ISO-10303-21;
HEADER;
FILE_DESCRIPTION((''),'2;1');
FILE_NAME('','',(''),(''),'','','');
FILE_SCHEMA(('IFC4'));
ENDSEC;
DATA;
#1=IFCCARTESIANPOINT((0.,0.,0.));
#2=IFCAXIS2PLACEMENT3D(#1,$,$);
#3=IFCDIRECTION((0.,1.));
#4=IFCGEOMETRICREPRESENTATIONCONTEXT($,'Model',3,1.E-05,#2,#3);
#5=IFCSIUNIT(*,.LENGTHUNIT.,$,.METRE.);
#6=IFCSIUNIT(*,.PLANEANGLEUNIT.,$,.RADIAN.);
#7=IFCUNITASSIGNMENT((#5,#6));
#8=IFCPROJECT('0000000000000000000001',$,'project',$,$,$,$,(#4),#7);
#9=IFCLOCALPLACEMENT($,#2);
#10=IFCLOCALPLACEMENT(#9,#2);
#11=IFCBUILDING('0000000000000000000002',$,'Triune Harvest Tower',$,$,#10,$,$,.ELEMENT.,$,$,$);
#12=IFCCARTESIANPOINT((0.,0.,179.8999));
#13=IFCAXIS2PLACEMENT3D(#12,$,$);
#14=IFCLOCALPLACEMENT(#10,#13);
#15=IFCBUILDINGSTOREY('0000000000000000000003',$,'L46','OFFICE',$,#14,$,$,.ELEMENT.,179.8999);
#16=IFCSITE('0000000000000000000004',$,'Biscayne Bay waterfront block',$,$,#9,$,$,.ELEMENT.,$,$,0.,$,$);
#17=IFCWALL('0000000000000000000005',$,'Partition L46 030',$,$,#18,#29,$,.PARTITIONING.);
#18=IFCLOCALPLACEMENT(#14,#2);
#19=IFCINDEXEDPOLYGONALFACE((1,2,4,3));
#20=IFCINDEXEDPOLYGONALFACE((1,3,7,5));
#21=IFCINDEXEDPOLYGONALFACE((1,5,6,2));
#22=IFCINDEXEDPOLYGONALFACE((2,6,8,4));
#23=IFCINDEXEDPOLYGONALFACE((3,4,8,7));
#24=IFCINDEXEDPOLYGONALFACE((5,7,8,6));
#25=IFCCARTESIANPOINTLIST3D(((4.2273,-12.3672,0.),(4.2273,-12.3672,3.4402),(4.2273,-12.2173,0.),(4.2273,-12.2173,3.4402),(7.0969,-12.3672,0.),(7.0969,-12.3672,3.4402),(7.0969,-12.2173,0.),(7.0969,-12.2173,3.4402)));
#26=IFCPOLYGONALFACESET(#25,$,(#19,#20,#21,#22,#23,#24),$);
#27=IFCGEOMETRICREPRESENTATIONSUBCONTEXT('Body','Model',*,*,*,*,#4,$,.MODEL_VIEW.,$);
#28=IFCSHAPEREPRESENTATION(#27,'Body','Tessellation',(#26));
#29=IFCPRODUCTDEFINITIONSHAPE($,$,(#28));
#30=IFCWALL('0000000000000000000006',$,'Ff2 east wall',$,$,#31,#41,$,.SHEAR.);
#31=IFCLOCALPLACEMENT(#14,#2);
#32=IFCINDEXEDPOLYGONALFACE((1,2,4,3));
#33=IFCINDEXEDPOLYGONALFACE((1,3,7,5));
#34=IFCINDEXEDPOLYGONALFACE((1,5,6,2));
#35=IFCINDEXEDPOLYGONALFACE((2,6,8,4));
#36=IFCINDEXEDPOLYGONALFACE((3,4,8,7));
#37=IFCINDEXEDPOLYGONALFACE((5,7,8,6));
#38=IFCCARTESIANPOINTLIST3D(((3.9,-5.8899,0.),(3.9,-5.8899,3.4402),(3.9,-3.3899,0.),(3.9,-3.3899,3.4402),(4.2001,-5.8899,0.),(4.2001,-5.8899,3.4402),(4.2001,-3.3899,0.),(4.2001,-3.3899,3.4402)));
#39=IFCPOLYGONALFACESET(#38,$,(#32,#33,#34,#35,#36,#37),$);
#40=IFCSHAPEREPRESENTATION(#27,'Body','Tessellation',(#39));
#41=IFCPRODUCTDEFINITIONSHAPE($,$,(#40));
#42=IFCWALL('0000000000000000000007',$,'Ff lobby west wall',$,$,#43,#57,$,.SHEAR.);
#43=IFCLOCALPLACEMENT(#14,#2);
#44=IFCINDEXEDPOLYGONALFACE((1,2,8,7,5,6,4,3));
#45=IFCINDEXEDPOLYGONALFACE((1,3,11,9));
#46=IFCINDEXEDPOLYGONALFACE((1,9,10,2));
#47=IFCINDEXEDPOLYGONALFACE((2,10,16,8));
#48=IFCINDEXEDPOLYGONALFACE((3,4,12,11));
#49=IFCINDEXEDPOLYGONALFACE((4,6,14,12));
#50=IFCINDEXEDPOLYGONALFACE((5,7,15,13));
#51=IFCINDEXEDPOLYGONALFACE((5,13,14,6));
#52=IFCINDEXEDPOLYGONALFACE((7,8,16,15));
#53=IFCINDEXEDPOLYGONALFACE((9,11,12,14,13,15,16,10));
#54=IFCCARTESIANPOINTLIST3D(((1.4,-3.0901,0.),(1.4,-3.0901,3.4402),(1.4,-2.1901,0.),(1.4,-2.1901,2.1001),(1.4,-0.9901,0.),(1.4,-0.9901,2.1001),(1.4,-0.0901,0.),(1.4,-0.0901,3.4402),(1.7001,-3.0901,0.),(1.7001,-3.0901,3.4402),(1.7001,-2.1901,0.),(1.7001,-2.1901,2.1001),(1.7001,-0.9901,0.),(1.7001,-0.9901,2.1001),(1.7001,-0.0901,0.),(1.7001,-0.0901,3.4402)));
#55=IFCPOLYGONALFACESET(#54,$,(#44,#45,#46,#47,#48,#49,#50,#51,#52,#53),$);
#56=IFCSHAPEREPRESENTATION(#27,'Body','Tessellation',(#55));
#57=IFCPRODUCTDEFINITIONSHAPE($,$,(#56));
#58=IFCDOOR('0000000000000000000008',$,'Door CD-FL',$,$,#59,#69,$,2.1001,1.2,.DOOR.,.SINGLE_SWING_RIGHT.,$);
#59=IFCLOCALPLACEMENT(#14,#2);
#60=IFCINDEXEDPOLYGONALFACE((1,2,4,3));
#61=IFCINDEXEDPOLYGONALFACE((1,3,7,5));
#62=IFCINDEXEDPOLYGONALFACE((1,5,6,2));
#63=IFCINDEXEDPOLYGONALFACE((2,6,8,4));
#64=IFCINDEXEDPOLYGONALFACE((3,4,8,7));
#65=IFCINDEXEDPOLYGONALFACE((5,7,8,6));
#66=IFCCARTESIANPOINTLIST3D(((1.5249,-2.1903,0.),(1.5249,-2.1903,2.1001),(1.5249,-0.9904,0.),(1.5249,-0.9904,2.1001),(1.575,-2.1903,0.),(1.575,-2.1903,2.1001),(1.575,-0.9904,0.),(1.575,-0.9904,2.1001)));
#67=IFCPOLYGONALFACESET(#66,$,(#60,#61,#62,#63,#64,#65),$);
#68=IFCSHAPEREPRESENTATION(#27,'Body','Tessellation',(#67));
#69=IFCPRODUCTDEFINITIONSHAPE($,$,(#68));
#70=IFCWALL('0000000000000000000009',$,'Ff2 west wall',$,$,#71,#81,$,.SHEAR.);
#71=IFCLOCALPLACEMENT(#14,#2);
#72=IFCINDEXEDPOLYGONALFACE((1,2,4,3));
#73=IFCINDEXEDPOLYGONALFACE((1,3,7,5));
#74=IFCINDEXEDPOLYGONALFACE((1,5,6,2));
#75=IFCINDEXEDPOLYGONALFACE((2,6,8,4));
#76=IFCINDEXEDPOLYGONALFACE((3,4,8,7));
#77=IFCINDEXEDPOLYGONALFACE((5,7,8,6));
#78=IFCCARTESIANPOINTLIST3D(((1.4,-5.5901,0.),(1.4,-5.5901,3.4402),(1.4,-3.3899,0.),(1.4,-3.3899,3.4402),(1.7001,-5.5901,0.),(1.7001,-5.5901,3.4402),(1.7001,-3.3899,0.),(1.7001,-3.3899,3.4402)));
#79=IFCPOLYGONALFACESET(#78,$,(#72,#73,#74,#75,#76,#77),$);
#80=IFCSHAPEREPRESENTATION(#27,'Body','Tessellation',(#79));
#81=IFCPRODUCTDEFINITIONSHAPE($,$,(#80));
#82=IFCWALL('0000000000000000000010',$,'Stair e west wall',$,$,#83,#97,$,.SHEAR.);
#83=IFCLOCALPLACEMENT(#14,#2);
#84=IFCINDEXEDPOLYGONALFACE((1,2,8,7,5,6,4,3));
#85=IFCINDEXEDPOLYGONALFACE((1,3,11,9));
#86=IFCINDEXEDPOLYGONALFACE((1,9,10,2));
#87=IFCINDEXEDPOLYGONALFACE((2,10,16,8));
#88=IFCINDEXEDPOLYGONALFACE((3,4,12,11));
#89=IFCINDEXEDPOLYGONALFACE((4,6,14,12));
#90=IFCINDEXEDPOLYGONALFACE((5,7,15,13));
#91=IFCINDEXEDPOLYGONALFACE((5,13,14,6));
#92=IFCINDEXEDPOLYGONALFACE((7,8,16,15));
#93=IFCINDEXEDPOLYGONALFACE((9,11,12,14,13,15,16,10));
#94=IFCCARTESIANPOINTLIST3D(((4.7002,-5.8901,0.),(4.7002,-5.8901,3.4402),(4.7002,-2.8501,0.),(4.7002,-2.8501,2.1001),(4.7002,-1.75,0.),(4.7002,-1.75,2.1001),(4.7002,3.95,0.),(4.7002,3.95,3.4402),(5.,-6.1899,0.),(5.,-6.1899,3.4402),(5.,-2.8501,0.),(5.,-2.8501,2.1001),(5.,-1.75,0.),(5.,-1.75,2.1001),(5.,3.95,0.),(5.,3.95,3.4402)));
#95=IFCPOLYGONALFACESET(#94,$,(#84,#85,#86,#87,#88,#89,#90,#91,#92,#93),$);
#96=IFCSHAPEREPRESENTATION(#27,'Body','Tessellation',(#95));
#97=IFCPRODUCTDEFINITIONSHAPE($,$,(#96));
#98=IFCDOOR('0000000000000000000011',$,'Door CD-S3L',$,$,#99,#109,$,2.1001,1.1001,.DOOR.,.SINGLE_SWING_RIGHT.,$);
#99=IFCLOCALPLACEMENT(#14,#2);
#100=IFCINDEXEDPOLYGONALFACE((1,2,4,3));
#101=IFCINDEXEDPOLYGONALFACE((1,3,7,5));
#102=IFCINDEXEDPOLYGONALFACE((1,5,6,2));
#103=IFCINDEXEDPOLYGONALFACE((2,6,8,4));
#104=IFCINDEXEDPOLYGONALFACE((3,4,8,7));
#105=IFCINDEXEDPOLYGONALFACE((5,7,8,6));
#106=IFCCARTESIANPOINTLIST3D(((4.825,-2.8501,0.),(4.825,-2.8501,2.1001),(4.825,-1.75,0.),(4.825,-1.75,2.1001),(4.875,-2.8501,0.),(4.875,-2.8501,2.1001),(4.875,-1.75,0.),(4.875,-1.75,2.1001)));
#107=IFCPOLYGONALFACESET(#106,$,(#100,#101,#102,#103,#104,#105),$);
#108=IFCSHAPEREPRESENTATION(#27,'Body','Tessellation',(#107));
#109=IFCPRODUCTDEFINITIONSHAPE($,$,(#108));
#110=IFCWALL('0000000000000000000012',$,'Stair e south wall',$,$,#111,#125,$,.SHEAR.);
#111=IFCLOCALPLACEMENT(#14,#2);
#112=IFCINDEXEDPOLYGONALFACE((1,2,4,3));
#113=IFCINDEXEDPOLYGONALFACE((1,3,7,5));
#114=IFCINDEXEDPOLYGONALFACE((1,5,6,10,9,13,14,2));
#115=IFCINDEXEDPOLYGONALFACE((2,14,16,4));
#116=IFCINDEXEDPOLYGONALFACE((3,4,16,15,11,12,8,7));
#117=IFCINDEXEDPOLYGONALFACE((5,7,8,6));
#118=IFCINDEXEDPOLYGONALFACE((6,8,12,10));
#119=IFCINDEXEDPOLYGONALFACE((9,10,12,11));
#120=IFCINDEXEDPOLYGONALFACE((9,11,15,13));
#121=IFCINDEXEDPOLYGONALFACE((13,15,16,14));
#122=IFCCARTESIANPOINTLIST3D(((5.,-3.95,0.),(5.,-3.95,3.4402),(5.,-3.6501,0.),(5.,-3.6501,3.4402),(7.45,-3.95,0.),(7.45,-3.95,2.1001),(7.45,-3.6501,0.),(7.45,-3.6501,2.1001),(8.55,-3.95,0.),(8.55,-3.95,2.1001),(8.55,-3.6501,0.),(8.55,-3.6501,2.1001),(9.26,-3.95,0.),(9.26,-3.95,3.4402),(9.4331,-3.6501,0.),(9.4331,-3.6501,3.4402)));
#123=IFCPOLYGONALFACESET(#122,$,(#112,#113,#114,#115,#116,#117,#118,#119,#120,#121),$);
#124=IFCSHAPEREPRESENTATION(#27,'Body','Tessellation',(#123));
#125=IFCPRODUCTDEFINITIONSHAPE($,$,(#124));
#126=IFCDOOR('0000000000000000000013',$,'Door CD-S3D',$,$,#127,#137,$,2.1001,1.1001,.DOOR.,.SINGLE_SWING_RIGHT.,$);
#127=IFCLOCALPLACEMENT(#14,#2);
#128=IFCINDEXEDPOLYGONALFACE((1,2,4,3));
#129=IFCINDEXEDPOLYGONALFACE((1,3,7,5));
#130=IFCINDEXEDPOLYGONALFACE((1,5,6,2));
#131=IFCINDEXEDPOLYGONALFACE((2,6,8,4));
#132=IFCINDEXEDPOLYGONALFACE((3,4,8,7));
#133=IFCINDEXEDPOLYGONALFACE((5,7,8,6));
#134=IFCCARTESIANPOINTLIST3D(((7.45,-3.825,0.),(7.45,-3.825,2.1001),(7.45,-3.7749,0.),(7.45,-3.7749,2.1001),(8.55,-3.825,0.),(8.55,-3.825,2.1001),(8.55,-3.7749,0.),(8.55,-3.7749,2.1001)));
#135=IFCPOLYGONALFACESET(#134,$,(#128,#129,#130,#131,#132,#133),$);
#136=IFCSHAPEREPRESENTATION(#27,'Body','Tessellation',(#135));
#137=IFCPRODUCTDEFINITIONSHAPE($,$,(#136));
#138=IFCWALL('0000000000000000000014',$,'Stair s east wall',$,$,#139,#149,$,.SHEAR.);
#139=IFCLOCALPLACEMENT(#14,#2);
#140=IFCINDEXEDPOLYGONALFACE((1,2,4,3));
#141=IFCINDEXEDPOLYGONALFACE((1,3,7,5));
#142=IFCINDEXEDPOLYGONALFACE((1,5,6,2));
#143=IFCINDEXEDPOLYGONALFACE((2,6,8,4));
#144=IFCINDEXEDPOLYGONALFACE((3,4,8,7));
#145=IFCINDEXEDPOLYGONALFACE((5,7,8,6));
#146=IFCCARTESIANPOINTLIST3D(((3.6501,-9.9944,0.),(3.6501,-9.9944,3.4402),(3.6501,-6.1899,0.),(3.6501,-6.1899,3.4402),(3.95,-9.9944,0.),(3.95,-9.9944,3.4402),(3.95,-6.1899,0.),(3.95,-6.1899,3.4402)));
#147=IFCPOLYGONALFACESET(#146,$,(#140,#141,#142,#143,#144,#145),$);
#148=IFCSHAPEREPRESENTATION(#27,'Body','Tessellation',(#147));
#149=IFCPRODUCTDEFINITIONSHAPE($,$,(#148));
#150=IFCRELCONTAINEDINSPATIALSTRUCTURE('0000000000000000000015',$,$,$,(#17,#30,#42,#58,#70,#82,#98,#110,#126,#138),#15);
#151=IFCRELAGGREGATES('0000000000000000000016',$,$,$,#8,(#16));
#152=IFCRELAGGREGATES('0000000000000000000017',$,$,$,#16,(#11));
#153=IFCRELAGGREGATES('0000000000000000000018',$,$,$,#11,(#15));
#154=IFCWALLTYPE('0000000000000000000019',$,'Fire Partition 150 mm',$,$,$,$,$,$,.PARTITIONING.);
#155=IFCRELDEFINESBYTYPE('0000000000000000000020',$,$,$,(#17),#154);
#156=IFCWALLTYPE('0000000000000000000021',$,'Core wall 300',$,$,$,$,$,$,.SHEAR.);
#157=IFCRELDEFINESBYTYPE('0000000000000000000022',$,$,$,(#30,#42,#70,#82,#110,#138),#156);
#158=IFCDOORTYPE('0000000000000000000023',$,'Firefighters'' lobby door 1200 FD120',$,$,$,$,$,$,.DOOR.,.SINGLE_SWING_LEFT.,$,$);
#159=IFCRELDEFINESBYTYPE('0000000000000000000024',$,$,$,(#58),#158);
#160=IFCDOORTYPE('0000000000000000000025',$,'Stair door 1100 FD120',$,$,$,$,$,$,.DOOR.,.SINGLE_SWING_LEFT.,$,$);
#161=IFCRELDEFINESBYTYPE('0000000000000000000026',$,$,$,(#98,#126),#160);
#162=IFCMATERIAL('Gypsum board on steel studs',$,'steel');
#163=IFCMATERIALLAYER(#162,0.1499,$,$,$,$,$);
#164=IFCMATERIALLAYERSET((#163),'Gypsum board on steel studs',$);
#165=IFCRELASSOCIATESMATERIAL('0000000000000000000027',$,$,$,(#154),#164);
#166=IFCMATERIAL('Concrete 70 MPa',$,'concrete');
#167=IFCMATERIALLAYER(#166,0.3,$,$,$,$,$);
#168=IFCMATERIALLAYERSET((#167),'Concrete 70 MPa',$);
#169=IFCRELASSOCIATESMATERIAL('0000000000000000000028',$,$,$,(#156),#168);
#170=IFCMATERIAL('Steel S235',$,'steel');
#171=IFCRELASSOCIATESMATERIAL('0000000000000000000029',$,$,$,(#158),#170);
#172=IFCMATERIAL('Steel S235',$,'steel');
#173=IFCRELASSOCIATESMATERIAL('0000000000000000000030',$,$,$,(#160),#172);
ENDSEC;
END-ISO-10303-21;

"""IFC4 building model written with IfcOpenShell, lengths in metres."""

from ifc_helpers import new_model, si_unit, direction, frame, frame_2d, origin, place, context, subcontext, project, spatial, polyline, rectangle, outline, extrude, source, transform, mapped, material, layer, layer_set, type_object, element, fill, save


model = new_model("IFC4")

# Units and contexts
model_context = context("Model", 3, precision=1e-05, world=origin(), true_north=direction((0.0, 1.0)))
body_context = subcontext(model_context, "Body", "Model", "MODEL_VIEW")
ifc_project = project(units=[si_unit("LENGTHUNIT", "METRE"), si_unit("PLANEANGLEUNIT", "RADIAN")], contexts=[model_context])

# Site, building, storey
site_placement = place(None, origin())
site = spatial("IfcSite", under=ifc_project, at=site_placement, Name="Biscayne Bay waterfront block", CompositionType="ELEMENT", RefElevation=0.0)
building_placement = place(site_placement, origin())
building = spatial("IfcBuilding", under=site, at=building_placement, Name="Triune Harvest Tower", CompositionType="ELEMENT")
storey_placement = place(building_placement, frame((0.0, 0.0, 179.8999)))
storey = spatial("IfcBuildingStorey", under=building, at=storey_placement, Name="L46", Description="OFFICE", CompositionType="ELEMENT", Elevation=179.8999)

# Walls
ifc_material_1 = material(Name="Gypsum board on steel studs", Category="steel")
ifc_layer_1 = layer(ifc_material_1, 0.1499)
ifc_layer_set_1 = layer_set([ifc_layer_1], Name="Gypsum board on steel studs")
wall_type_1 = type_object("IfcWallType", Name="Fire Partition 150 mm", PredefinedType="PARTITIONING", material=ifc_layer_set_1)
wall_1_placement = place(storey_placement, frame((4.2273, -12.2922, 0.0), z_axis=(0.0, 0.0, 1.0), x_axis=(1.0, 0.0, 0.0)))
element("IfcWall", 1, at=wall_1_placement, inside=storey, type_object=wall_type_1, Name="Partition L46 030", PredefinedType="PARTITIONING", context=body_context, shape_type="SweptSolid", body=[
    extrude(rectangle(XDim=2.8696, YDim=0.1499, at=frame_2d((1.4348, 0.0))), origin(), (0.0, 0.0, 1.0), 3.4402),
])
ifc_material_2 = material(Name="Concrete 70 MPa", Category="concrete")
ifc_layer_2 = layer(ifc_material_2, 0.3)
ifc_layer_set_2 = layer_set([ifc_layer_2], Name="Concrete 70 MPa")
wall_type_2 = type_object("IfcWallType", Name="Core wall 300", PredefinedType="SHEAR", material=ifc_layer_set_2)
shared_shape_1 = source(origin(), body_context, "Body", "SweptSolid", [
    extrude(rectangle(XDim=2.5, YDim=0.3, at=frame_2d((1.25, 0.0))), origin(), (0.0, 0.0, 1.0), 3.4402),
])
wall_2_placement = place(storey_placement, frame((4.05, -5.8899, 0.0), z_axis=(0.0, 0.0, 1.0), x_axis=(0.0, 1.0, 0.0)))
element("IfcWall", 2, at=wall_2_placement, inside=storey, type_object=wall_type_2, Name="Ff2 east wall", PredefinedType="SHEAR", context=body_context, shape_type="MappedRepresentation", body=[
    mapped(shared_shape_1, transform((0.0, 0.0, 0.0), scale=1.0)),
])

# Wall, opening, door
shared_shape_2 = source(origin(), body_context, "Body", "SweptSolid", [
    extrude(rectangle(XDim=3.0, YDim=0.3, at=frame_2d((1.5, 0.0))), origin(), (0.0, 0.0, 1.0), 3.4402),
])
wall_3_placement = place(storey_placement, frame((1.55, -3.0901, 0.0), z_axis=(0.0, 0.0, 1.0), x_axis=(0.0, 1.0, 0.0)))
wall_3 = element("IfcWall", 3, at=wall_3_placement, inside=storey, type_object=wall_type_2, Name="Ff lobby west wall", PredefinedType="SHEAR", context=body_context, shape_type="MappedRepresentation", body=[
    mapped(shared_shape_2, transform((0.0, 0.0, 0.0), scale=1.0)),
])
opening_1_placement = place(wall_3_placement, frame((0.8999, 0.0, 0.0)))
opening_1 = element("IfcOpeningElement", 4, at=opening_1_placement, cuts=wall_3, PredefinedType="OPENING", context=body_context, shape_type="SweptSolid", body=[
    extrude(rectangle(XDim=1.2, YDim=2.1001, at=frame_2d((0.6001, 1.05))), frame((0.0, 0.1602, 0.0), z_axis=(0.0, -1.0, 0.0), x_axis=(1.0, 0.0, 0.0)), (0.0, 0.0, 1.0), 0.3201),
])
ifc_material_3 = material(Name="Steel S235", Category="steel")
door_type_1 = type_object("IfcDoorType", Name="Firefighters' lobby door 1200 FD120", OperationType="SINGLE_SWING_LEFT", PredefinedType="DOOR", material=ifc_material_3)
door_1_placement = place(opening_1_placement, frame((1.2, 0.0, 0.0), z_axis=(0.0, 0.0, 1.0), x_axis=(-1.0, 0.0, 0.0)))
door_1 = element("IfcDoor", 5, at=door_1_placement, inside=storey, type_object=door_type_1, Name="Door CD-FL", OperationType="SINGLE_SWING_RIGHT", OverallHeight=2.1001, OverallWidth=1.2, PredefinedType="DOOR", context=body_context, shape_type="SweptSolid", body=[
    extrude(rectangle(XDim=1.2, YDim=2.1001, at=frame_2d((0.6001, 1.05))), frame((0.0, 0.0249, 0.0), z_axis=(0.0, -1.0, 0.0), x_axis=(1.0, 0.0, 0.0)), (0.0, 0.0, 1.0), 0.05),
])
fill(opening_1, door_1)

# Wall
shared_shape_3 = source(origin(), body_context, "Body", "SweptSolid", [
    extrude(rectangle(XDim=2.2002, YDim=0.3, at=frame_2d((1.1001, 0.0))), origin(), (0.0, 0.0, 1.0), 3.4402),
])
wall_4_placement = place(storey_placement, frame((1.55, -5.5901, 0.0), z_axis=(0.0, 0.0, 1.0), x_axis=(0.0, 1.0, 0.0)))
element("IfcWall", 6, at=wall_4_placement, inside=storey, type_object=wall_type_2, Name="Ff2 west wall", PredefinedType="SHEAR", context=body_context, shape_type="MappedRepresentation", body=[
    mapped(shared_shape_3, transform((0.0, 0.0, 0.0), scale=1.0)),
])

# Walls, openings, doors
shared_shape_4 = source(origin(), body_context, "Body", "SweptSolid", [
    extrude(outline(polyline([(-0.1499, -0.1499), (9.99, -0.1499), (9.99, 0.1499), (0.1499, 0.1499), (-0.1499, -0.1499)])), origin(), (0.0, 0.0, 1.0), 3.4402),
])
wall_5_placement = place(storey_placement, frame((4.8501, -6.04, 0.0), z_axis=(0.0, 0.0, 1.0), x_axis=(0.0, 1.0, 0.0)))
wall_5 = element("IfcWall", 7, at=wall_5_placement, inside=storey, type_object=wall_type_2, Name="Stair e west wall", PredefinedType="SHEAR", context=body_context, shape_type="MappedRepresentation", body=[
    mapped(shared_shape_4, transform((0.0, 0.0, 0.0), scale=1.0)),
])
opening_2_placement = place(wall_5_placement, frame((3.1899, 0.0, 0.0)))
opening_2 = element("IfcOpeningElement", 8, at=opening_2_placement, cuts=wall_5, PredefinedType="OPENING", context=body_context, shape_type="SweptSolid", body=[
    extrude(rectangle(XDim=1.1001, YDim=2.1001, at=frame_2d((0.55, 1.05))), frame((0.0, 0.1602, 0.0), z_axis=(0.0, -1.0, 0.0), x_axis=(1.0, 0.0, 0.0)), (0.0, 0.0, 1.0), 0.3201),
])
ifc_material_4 = material(Name="Steel S235", Category="steel")
door_type_2 = type_object("IfcDoorType", Name="Stair door 1100 FD120", OperationType="SINGLE_SWING_LEFT", PredefinedType="DOOR", material=ifc_material_4)
door_2_placement = place(opening_2_placement, frame((1.1001, 0.0, 0.0), z_axis=(0.0, 0.0, 1.0), x_axis=(-1.0, 0.0, 0.0)))
door_2 = element("IfcDoor", 9, at=door_2_placement, inside=storey, type_object=door_type_2, Name="Door CD-S3L", OperationType="SINGLE_SWING_RIGHT", OverallHeight=2.1001, OverallWidth=1.1001, PredefinedType="DOOR", context=body_context, shape_type="SweptSolid", body=[
    extrude(rectangle(XDim=1.1001, YDim=2.1001, at=frame_2d((0.55, 1.05))), frame((0.0, 0.0249, 0.0), z_axis=(0.0, -1.0, 0.0), x_axis=(1.0, 0.0, 0.0)), (0.0, 0.0, 1.0), 0.05),
])
fill(opening_2, door_2)
shared_shape_5 = source(origin(), body_context, "Body", "SweptSolid", [
    extrude(outline(polyline([(0.0, -0.1499), (0.0, 0.1499), (4.4331, 0.1499), (4.26, -0.1499), (0.0, -0.1499)])), origin(), (0.0, 0.0, 1.0), 3.4402),
])
wall_6_placement = place(storey_placement, frame((5.0, -3.8, 0.0), z_axis=(0.0, 0.0, 1.0), x_axis=(1.0, 0.0, 0.0)))
wall_6 = element("IfcWall", 10, at=wall_6_placement, inside=storey, type_object=wall_type_2, Name="Stair e south wall", PredefinedType="SHEAR", context=body_context, shape_type="MappedRepresentation", body=[
    mapped(shared_shape_5, transform((0.0, 0.0, 0.0), scale=1.0)),
])
opening_3_placement = place(wall_6_placement, frame((2.45, 0.0, 0.0)))
opening_3 = element("IfcOpeningElement", 11, at=opening_3_placement, cuts=wall_6, PredefinedType="OPENING", context=body_context, shape_type="SweptSolid", body=[
    extrude(rectangle(XDim=1.1001, YDim=2.1001, at=frame_2d((0.55, 1.05))), frame((0.0, 0.1602, 0.0), z_axis=(0.0, -1.0, 0.0), x_axis=(1.0, 0.0, 0.0)), (0.0, 0.0, 1.0), 0.3201),
])
door_3_placement = place(opening_3_placement, frame((1.1001, 0.0, 0.0), z_axis=(0.0, 0.0, 1.0), x_axis=(-1.0, 0.0, 0.0)))
door_3 = element("IfcDoor", 12, at=door_3_placement, inside=storey, type_object=door_type_2, Name="Door CD-S3D", OperationType="SINGLE_SWING_RIGHT", OverallHeight=2.1001, OverallWidth=1.1001, PredefinedType="DOOR", context=body_context, shape_type="SweptSolid", body=[
    extrude(rectangle(XDim=1.1001, YDim=2.1001, at=frame_2d((0.55, 1.05))), frame((0.0, 0.0249, 0.0), z_axis=(0.0, -1.0, 0.0), x_axis=(1.0, 0.0, 0.0)), (0.0, 0.0, 1.0), 0.05),
])
fill(opening_3, door_3)

# Wall
shared_shape_6 = source(origin(), body_context, "Body", "SweptSolid", [
    extrude(outline(polyline([(3.8, -0.1499), (-0.0044, -0.1499), (-0.0044, 0.1499), (3.8, 0.1499), (3.8, -0.1499)])), origin(), (0.0, 0.0, 1.0), 3.4402),
])
wall_7_placement = place(storey_placement, frame((3.8, -9.99, 0.0), z_axis=(0.0, 0.0, 1.0), x_axis=(0.0, 1.0, 0.0)))
element("IfcWall", 13, at=wall_7_placement, inside=storey, type_object=wall_type_2, Name="Stair s east wall", PredefinedType="SHEAR", context=body_context, shape_type="MappedRepresentation", body=[
    mapped(shared_shape_6, transform((0.0, 0.0, 0.0), scale=1.0)),
])

save(model, "model.ifc")
